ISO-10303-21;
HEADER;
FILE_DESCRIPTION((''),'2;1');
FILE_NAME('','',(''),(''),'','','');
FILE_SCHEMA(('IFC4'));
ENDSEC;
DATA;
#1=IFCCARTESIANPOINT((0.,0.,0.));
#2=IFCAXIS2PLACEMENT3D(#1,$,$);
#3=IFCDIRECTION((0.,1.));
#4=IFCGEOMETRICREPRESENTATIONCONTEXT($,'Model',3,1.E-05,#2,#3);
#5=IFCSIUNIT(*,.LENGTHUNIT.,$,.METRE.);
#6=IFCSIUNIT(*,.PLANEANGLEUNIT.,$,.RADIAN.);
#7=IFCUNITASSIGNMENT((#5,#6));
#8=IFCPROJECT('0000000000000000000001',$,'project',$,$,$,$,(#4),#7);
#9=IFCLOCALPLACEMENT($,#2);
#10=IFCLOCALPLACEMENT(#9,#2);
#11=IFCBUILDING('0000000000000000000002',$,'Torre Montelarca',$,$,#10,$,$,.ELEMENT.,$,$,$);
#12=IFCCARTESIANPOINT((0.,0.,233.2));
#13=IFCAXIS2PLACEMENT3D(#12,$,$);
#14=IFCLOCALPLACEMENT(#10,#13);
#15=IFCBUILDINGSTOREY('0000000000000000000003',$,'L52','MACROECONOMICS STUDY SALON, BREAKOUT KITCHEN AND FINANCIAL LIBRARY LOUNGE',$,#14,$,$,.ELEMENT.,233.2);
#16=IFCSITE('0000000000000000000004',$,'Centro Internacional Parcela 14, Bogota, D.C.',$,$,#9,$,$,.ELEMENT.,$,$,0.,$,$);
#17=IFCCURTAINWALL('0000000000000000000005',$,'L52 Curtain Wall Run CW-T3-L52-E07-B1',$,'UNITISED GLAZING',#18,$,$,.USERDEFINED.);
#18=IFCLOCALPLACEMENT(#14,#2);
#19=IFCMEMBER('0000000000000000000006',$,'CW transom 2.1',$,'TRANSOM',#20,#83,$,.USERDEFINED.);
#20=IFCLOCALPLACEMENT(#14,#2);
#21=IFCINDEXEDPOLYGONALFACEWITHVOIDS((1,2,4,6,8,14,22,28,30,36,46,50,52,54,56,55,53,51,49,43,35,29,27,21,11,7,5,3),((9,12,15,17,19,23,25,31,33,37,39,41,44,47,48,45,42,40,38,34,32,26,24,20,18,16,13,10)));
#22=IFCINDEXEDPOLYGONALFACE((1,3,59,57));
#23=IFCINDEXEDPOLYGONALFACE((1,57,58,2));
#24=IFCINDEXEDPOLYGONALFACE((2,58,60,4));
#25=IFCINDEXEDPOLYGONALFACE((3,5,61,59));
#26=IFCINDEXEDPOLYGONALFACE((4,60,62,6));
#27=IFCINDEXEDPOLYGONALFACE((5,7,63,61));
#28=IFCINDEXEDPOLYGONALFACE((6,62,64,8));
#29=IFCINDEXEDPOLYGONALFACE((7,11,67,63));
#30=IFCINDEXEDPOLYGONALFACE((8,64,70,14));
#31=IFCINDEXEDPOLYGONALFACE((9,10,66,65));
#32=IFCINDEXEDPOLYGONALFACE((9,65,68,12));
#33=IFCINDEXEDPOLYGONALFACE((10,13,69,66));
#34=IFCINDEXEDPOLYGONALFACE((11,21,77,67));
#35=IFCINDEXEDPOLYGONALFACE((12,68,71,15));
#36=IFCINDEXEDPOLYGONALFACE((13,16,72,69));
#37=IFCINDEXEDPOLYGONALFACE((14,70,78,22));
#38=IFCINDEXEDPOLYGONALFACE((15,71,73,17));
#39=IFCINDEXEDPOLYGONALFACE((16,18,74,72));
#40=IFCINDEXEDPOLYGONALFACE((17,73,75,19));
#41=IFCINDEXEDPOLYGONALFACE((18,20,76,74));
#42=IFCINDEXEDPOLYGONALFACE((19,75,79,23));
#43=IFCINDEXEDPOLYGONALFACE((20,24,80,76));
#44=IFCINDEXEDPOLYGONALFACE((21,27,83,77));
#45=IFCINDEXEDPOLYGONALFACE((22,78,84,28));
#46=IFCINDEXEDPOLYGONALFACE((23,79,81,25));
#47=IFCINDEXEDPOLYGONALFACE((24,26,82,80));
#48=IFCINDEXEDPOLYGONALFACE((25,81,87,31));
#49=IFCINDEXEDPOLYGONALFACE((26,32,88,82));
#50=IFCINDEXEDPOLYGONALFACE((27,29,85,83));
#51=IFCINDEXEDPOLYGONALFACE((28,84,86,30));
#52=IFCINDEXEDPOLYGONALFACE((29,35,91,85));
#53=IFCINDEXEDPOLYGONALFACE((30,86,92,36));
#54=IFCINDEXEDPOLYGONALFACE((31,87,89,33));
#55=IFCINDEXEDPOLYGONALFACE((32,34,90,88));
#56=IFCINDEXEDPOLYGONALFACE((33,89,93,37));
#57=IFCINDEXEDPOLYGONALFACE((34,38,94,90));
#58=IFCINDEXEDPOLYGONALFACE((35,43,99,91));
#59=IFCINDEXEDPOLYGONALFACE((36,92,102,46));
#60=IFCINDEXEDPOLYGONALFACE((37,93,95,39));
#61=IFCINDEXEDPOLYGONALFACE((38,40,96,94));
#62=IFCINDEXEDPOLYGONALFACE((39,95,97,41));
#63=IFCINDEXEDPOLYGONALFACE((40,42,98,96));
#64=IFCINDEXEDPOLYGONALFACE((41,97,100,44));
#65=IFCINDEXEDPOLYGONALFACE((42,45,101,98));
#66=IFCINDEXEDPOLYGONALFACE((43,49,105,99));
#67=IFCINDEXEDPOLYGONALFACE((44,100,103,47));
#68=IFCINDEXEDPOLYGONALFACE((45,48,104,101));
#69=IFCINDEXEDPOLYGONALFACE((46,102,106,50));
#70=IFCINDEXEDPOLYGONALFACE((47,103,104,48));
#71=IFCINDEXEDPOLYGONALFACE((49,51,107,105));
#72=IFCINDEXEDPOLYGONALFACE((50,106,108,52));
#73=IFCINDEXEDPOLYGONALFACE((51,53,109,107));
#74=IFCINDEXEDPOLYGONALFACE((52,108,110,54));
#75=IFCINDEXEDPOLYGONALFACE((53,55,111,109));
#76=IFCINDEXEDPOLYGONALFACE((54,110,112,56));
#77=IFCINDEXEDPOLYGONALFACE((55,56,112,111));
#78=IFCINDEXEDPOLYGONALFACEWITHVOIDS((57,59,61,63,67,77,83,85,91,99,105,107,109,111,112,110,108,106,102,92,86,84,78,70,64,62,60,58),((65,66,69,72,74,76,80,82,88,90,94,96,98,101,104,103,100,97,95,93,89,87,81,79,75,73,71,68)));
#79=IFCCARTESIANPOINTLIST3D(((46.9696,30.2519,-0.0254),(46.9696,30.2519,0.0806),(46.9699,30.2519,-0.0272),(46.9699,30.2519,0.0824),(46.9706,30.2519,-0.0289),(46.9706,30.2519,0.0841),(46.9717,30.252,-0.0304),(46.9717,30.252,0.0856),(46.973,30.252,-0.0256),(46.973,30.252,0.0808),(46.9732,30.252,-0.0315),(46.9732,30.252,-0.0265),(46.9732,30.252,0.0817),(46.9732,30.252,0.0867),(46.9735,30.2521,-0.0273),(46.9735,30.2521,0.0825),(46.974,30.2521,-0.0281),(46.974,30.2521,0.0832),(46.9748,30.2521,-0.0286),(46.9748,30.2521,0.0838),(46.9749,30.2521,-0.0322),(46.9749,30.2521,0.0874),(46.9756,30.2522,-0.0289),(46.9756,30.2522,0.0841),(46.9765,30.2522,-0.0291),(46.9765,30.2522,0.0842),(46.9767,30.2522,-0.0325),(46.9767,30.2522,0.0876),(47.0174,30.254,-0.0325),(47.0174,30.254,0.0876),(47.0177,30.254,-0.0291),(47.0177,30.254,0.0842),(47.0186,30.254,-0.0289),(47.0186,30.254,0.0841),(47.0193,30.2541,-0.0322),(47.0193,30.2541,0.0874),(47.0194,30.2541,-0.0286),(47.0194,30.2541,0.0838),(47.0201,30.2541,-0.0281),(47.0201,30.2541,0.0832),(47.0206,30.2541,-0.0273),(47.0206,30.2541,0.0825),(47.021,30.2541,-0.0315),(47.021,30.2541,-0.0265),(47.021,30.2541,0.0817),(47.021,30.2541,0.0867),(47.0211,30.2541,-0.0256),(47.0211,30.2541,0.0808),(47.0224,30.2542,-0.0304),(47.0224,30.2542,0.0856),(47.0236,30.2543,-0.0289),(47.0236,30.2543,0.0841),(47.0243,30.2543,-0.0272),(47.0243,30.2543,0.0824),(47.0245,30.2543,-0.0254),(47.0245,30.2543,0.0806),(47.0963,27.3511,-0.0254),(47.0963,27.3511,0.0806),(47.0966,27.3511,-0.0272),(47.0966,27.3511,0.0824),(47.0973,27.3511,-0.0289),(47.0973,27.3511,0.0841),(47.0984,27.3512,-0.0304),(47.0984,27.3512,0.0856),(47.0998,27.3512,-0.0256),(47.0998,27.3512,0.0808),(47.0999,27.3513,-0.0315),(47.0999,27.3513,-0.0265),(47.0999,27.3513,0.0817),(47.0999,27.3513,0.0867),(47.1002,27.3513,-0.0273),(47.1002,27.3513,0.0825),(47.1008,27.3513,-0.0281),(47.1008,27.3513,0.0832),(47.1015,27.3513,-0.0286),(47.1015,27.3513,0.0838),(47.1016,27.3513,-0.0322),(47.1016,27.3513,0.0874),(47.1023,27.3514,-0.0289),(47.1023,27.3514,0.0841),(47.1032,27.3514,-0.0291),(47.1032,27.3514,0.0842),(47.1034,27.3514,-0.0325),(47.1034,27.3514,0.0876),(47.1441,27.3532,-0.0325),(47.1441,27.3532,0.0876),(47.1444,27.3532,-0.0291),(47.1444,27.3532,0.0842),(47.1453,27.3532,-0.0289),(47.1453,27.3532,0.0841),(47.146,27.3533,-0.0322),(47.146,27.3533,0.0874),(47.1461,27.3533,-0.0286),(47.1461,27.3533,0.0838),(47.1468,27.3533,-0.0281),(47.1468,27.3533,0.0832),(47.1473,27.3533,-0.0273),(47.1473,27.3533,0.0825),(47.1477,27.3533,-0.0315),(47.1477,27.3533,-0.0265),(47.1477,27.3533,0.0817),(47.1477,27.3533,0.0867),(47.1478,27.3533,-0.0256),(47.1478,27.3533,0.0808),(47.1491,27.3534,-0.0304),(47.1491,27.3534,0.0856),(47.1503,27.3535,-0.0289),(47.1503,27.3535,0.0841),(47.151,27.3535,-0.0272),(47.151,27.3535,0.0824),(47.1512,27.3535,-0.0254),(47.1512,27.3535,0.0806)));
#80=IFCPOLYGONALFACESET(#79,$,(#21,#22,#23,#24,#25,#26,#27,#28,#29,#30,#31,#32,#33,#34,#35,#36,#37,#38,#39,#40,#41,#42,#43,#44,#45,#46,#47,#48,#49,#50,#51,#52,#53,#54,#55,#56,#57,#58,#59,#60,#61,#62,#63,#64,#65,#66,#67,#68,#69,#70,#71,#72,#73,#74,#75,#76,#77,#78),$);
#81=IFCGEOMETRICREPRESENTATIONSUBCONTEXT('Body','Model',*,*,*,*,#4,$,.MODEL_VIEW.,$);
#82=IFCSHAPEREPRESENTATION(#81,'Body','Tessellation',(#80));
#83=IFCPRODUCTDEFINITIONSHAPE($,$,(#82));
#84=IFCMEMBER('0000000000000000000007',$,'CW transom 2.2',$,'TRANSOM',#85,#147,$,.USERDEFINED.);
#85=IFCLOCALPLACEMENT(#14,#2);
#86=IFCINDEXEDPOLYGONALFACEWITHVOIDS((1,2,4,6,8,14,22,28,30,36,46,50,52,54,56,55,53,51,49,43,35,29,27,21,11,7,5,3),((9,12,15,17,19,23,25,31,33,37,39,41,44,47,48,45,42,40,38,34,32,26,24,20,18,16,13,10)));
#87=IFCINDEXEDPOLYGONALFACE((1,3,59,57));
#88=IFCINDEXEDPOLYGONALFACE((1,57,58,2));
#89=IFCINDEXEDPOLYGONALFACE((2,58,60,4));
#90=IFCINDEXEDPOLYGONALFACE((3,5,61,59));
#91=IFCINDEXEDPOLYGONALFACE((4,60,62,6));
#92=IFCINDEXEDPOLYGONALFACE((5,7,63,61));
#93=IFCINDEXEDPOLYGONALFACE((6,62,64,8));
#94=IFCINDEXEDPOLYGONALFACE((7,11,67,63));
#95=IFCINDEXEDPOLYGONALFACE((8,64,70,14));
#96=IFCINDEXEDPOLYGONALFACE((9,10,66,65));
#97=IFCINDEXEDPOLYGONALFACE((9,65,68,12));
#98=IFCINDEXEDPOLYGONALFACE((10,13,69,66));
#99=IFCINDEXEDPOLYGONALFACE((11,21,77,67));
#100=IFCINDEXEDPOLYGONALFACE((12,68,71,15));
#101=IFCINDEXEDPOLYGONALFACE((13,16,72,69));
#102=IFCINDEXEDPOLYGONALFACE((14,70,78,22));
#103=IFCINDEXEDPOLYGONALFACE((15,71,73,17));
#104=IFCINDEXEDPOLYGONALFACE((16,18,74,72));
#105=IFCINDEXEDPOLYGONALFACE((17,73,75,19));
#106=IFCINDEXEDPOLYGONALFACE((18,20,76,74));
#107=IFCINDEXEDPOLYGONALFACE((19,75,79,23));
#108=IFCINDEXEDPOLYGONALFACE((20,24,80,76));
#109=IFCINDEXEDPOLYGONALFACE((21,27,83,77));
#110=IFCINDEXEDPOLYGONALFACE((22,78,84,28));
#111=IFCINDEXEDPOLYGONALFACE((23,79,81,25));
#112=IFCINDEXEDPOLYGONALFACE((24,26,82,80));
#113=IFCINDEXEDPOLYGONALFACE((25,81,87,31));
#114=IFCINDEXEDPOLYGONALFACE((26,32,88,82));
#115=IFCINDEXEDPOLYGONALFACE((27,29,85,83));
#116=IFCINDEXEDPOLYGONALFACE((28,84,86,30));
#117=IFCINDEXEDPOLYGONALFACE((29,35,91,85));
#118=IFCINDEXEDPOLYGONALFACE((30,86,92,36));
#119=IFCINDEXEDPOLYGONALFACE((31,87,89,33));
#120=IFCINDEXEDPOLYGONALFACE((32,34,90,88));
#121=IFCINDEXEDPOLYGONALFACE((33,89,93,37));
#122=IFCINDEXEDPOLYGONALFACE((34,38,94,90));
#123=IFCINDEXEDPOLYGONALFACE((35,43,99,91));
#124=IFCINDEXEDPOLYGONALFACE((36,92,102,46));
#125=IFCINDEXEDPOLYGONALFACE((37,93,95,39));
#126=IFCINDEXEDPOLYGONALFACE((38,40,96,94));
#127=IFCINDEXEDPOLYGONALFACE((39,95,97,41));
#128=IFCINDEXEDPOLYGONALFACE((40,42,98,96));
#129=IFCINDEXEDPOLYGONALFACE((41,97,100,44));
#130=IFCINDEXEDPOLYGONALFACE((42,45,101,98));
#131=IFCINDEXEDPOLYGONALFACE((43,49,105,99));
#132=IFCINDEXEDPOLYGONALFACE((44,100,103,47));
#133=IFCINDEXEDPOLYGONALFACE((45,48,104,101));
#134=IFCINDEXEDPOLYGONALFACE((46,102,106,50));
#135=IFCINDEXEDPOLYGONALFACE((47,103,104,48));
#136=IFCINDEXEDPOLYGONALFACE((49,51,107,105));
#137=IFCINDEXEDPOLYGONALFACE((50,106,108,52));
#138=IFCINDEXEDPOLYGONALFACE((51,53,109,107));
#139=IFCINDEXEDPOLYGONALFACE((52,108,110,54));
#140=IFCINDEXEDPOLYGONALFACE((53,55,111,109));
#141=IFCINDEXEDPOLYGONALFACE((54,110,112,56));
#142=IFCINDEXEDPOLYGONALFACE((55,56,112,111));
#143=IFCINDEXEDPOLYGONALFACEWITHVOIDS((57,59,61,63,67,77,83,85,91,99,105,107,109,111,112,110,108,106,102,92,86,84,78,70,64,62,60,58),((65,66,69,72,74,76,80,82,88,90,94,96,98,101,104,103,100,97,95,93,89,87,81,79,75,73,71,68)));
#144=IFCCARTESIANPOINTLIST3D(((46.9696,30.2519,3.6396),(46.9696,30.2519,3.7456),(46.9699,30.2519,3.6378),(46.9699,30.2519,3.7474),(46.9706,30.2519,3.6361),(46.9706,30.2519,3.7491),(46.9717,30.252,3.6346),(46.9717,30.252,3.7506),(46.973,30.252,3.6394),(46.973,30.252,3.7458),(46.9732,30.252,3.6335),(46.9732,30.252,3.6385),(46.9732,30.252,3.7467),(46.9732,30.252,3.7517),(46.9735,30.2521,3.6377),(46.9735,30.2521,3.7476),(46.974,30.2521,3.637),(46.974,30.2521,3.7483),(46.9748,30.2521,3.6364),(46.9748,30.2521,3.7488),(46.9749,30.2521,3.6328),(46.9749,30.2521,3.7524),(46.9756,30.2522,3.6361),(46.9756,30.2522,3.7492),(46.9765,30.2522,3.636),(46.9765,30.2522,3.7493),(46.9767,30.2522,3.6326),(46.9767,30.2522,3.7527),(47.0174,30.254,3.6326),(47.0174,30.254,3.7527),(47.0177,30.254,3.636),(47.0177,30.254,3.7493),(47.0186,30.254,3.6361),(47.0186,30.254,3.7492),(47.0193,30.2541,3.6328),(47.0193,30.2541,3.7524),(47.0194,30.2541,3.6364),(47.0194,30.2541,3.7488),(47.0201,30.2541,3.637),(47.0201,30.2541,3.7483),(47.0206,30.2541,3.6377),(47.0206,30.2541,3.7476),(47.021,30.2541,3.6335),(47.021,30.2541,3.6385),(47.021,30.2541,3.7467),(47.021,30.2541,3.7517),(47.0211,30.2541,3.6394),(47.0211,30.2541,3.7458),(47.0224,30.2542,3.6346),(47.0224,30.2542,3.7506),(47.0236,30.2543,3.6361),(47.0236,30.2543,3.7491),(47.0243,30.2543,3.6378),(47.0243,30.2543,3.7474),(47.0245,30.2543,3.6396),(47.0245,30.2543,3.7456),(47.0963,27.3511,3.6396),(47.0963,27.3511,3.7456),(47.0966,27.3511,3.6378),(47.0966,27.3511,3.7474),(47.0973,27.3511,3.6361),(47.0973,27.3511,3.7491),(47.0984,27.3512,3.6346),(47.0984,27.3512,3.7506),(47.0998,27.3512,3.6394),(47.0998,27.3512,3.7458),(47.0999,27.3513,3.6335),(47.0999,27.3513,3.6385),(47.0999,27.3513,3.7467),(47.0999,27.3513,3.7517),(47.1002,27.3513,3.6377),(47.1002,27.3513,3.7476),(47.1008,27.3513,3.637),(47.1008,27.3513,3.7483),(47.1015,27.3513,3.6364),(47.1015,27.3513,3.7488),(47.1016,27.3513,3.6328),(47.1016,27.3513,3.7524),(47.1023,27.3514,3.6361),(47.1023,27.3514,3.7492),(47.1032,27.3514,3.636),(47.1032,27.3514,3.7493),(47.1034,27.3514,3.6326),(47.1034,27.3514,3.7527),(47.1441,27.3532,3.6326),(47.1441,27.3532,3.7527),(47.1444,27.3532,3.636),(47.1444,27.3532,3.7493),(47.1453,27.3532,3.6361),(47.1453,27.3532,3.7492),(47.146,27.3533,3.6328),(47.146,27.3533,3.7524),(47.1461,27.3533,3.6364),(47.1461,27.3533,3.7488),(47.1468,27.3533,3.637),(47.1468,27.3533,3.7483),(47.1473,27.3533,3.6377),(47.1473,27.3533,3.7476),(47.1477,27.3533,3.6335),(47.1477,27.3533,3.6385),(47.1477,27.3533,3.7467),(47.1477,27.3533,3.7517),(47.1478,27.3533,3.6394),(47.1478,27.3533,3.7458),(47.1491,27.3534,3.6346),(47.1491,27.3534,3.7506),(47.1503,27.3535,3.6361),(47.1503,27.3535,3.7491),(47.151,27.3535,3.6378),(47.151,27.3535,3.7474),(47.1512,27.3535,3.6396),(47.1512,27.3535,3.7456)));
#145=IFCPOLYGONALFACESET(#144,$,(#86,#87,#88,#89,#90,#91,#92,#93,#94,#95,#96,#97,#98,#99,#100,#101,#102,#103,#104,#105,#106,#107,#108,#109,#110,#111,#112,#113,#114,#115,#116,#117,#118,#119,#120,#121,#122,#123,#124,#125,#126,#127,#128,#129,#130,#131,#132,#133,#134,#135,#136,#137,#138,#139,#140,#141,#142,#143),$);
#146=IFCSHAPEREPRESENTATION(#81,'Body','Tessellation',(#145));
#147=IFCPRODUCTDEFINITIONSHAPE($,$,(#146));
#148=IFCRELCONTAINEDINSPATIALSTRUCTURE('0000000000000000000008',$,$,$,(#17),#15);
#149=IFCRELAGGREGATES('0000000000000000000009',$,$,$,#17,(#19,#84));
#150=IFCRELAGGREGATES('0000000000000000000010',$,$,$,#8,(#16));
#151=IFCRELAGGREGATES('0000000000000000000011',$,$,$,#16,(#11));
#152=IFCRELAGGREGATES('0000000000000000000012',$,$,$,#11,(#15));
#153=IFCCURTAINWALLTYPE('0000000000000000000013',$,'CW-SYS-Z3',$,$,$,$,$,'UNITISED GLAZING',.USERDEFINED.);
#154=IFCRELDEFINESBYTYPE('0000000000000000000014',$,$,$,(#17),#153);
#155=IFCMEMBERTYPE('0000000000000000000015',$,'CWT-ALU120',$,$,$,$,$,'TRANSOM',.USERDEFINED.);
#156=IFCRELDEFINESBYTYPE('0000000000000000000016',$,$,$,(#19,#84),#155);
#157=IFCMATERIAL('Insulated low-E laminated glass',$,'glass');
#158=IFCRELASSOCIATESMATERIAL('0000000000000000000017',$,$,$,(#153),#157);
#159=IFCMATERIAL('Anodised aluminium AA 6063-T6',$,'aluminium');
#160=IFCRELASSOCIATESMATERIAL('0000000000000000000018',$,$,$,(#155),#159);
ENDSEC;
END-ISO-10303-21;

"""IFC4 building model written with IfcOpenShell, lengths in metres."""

from ifc_helpers import new_model, si_unit, direction, frame, origin, origin_2d, place, context, subcontext, project, spatial, hollow_rectangle, extrude, source, transform, mapped, material, material_profile, profile_set, type_object, element, aggregate, save


model = new_model("IFC4")

# Units and contexts
model_context = context("Model", 3, precision=1e-05, world=origin(), true_north=direction((0.0, 1.0)))
body_context = subcontext(model_context, "Body", "Model", "MODEL_VIEW")
ifc_project = project(units=[si_unit("LENGTHUNIT", "METRE"), si_unit("PLANEANGLEUNIT", "RADIAN")], contexts=[model_context])

# Site, building, storey
site_placement = place(None, origin())
site = spatial("IfcSite", under=ifc_project, at=site_placement, Name="Centro Internacional Parcela 14, Bogota, D.C.", CompositionType="ELEMENT", RefElevation=0.0)
building_placement = place(site_placement, origin())
building = spatial("IfcBuilding", under=site, at=building_placement, Name="Torre Montelarca", CompositionType="ELEMENT")
storey_placement = place(building_placement, frame((0.0, 0.0, 233.2)))
storey = spatial("IfcBuildingStorey", under=building, at=storey_placement, Name="L52", Description="MACROECONOMICS STUDY SALON, BREAKOUT KITCHEN AND FINANCIAL LIBRARY LOUNGE", CompositionType="ELEMENT", Elevation=233.2)

# Curtain wall, members
ifc_material_1 = material(Name="Insulated low-E laminated glass", Category="glass")
curtain_wall_type = type_object("IfcCurtainWallType", Name="CW-SYS-Z3", ElementType="UNITISED GLAZING", PredefinedType="USERDEFINED", material=ifc_material_1)
curtain_wall_1_placement = place(storey_placement, origin())
curtain_wall_1 = element("IfcCurtainWall", 1, at=curtain_wall_1_placement, inside=storey, type_object=curtain_wall_type, Name="L52 Curtain Wall Run CW-T3-L52-E07-B1", ObjectType="UNITISED GLAZING", PredefinedType="USERDEFINED")
ifc_material_2 = material(Name="Anodised aluminium AA 6063-T6", Category="aluminium")
ifc_material_profile_1 = material_profile(ifc_material_2, hollow_rectangle(XDim=0.0549, YDim=0.1201, WallThickness=0.0034, InnerFilletRadius=0.0034, OuterFilletRadius=0.0071, at=origin_2d()), Name="ALU55X120X3.5", Category="aluminium")
ifc_profile_set_1 = profile_set([ifc_material_profile_1], Name="Anodised aluminium AA 6063-T6")
member_type_1 = type_object("IfcMemberType", Name="CWT-ALU120", ElementType="TRANSOM", PredefinedType="USERDEFINED", material=ifc_profile_set_1)
shared_shape_1 = source(origin(), body_context, "Body", "SweptSolid", [
    extrude(hollow_rectangle(XDim=0.0549, YDim=0.1201, WallThickness=0.0034, InnerFilletRadius=0.0034, OuterFilletRadius=0.0071, at=origin_2d()), origin(), (0.0, 0.0, 1.0), 2.9036),
])
member_1_placement = place(storey_placement, frame((47.1238, 27.3523, 0.0276), z_axis=(-0.043638, 0.999047, 0.0), x_axis=(-0.999047, -0.043638, 0.0)))
member_1 = element("IfcMember", 2, at=member_1_placement, type_object=member_type_1, Name="CW transom 2.1", ObjectType="TRANSOM", PredefinedType="USERDEFINED", context=body_context, shape_type="MappedRepresentation", body=[
    mapped(shared_shape_1, transform((0.0, 0.0, 0.0), scale=1.0)),
])
member_2_placement = place(storey_placement, frame((47.1238, 27.3523, 3.6926), z_axis=(-0.043638, 0.999047, 0.0), x_axis=(-0.999047, -0.043638, 0.0)))
member_2 = element("IfcMember", 3, at=member_2_placement, type_object=member_type_1, Name="CW transom 2.2", ObjectType="TRANSOM", PredefinedType="USERDEFINED", context=body_context, shape_type="MappedRepresentation", body=[
    mapped(shared_shape_1, transform((0.0, 0.0, 0.0), scale=1.0)),
])

aggregate(curtain_wall_1, [member_1, member_2])

save(model, "model.ifc")
